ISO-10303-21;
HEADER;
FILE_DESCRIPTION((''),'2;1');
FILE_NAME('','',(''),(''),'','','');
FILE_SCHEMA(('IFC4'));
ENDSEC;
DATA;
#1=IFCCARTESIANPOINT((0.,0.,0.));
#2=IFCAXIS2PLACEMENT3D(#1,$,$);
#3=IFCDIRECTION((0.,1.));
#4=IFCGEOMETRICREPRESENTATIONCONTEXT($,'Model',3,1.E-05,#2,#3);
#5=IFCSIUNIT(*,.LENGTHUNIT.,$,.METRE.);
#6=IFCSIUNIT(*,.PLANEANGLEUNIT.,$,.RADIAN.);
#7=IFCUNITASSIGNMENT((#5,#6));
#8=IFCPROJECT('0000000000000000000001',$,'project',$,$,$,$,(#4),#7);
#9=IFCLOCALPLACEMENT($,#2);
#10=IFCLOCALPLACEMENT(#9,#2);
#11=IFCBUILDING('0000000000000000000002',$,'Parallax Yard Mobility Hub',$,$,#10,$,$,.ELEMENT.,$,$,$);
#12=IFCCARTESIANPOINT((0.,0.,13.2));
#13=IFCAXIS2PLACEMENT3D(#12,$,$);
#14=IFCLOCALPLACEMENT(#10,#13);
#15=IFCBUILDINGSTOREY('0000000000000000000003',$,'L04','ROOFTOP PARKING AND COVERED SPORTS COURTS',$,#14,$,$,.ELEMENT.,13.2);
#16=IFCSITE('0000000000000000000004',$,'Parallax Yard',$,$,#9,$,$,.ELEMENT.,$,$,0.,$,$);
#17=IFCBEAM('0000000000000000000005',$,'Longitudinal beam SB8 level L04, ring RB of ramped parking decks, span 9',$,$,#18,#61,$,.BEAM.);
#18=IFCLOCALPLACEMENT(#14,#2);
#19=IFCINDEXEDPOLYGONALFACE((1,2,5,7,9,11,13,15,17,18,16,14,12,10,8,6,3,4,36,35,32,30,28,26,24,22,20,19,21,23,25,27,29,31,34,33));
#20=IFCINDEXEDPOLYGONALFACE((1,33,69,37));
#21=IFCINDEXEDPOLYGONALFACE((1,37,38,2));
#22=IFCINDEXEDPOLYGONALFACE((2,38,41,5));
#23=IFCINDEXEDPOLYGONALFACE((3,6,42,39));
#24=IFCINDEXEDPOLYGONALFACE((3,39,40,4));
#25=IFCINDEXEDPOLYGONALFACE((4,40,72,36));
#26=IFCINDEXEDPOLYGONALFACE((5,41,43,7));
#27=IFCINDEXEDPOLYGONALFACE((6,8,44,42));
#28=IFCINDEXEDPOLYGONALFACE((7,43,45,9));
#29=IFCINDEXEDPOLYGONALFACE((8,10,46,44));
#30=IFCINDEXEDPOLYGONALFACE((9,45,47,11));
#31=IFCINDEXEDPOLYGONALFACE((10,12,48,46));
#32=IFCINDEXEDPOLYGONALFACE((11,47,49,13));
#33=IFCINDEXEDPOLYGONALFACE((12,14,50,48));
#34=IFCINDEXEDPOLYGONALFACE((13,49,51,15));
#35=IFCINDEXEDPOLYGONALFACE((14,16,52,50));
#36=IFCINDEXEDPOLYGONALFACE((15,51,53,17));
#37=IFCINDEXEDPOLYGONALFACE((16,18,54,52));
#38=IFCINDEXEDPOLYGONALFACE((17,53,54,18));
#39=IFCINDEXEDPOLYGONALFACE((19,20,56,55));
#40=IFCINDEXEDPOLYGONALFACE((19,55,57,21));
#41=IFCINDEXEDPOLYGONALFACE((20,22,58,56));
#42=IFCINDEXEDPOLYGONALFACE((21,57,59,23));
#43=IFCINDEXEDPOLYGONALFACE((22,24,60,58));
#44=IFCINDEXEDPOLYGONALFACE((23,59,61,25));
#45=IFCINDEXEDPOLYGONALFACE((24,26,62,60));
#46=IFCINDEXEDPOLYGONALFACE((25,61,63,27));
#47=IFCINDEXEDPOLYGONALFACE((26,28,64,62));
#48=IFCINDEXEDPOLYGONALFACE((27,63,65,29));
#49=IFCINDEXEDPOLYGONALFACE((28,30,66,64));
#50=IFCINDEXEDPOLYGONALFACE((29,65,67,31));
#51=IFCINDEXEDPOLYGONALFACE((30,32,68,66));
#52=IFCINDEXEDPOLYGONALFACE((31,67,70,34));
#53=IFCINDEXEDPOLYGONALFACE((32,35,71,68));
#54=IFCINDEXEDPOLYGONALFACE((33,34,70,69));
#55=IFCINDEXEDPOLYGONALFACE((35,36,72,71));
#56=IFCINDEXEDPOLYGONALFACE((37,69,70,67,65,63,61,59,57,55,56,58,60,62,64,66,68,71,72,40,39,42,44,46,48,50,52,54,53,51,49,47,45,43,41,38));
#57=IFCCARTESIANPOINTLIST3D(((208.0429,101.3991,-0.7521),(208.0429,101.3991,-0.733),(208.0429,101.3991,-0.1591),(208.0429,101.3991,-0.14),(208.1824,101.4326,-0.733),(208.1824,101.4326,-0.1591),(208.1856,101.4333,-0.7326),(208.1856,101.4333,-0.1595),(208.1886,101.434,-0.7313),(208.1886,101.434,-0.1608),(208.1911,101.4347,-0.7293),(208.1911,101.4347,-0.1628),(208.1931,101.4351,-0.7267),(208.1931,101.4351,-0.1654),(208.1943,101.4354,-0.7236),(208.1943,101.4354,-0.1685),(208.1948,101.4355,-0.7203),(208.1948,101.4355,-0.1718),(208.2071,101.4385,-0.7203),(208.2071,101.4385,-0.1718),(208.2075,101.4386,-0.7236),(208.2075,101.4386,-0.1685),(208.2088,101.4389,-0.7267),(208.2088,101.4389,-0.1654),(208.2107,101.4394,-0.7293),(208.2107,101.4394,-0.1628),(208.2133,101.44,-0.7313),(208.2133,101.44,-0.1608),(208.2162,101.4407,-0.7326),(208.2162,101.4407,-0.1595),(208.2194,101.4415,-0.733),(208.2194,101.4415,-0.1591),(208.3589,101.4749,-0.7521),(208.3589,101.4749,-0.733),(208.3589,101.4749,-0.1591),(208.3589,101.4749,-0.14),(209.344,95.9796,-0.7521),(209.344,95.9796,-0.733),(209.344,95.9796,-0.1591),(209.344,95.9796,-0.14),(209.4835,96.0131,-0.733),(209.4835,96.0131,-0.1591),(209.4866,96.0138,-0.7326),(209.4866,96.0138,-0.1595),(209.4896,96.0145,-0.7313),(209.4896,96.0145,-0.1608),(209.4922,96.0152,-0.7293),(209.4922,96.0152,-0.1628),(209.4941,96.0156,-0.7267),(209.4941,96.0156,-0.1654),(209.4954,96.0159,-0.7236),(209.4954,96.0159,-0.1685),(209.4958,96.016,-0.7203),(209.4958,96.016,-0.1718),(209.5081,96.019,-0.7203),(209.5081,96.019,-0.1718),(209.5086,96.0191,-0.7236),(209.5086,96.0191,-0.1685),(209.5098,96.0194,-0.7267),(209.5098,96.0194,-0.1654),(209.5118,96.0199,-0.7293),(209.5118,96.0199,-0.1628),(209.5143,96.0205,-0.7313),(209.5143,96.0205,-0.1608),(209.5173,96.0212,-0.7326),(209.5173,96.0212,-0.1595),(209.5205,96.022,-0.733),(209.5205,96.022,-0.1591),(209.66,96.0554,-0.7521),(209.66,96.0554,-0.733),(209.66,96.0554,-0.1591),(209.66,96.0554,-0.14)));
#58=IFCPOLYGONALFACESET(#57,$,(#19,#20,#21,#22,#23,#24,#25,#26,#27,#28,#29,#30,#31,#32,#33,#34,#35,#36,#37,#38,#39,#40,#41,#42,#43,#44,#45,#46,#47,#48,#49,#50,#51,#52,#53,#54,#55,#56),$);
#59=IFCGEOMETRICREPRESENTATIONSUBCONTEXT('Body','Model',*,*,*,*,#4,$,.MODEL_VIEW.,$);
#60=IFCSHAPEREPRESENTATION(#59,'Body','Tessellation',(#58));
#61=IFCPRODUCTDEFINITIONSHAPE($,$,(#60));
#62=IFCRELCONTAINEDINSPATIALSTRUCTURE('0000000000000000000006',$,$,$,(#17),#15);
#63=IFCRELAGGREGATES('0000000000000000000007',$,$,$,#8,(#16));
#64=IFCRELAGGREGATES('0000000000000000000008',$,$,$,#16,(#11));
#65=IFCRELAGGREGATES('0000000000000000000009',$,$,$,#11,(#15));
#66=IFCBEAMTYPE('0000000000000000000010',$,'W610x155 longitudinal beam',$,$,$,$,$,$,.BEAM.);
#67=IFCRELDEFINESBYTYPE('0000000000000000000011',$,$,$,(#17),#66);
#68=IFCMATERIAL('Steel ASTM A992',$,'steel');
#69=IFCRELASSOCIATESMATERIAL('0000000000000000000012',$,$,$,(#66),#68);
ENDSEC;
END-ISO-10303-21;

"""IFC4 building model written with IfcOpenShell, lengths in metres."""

from ifc_helpers import new_model, si_unit, direction, frame, origin, origin_2d, place, context, subcontext, project, spatial, i_section, extrude, material, material_profile, profile_set, type_object, element, save


model = new_model("IFC4")

# Units and contexts
model_context = context("Model", 3, precision=1e-05, world=origin(), true_north=direction((0.0, 1.0)))
body_context = subcontext(model_context, "Body", "Model", "MODEL_VIEW")
ifc_project = project(units=[si_unit("LENGTHUNIT", "METRE"), si_unit("PLANEANGLEUNIT", "RADIAN")], contexts=[model_context])

# Site, building, storey
site_placement = place(None, origin())
site = spatial("IfcSite", under=ifc_project, at=site_placement, Name="Parallax Yard", CompositionType="ELEMENT", RefElevation=0.0)
building_placement = place(site_placement, origin())
building = spatial("IfcBuilding", under=site, at=building_placement, Name="Parallax Yard Mobility Hub", CompositionType="ELEMENT")
storey_placement = place(building_placement, frame((0.0, 0.0, 13.2)))
storey = spatial("IfcBuildingStorey", under=building, at=storey_placement, Name="L04", Description="ROOFTOP PARKING AND COVERED SPORTS COURTS", CompositionType="ELEMENT", Elevation=13.2)

# Shared definitions
ifc_material_1 = material(Name="Steel ASTM A992", Category="steel")

# Beam
ifc_material_profile_1 = material_profile(ifc_material_1, i_section(OverallWidth=0.325, OverallDepth=0.6121, WebThickness=0.0127, FlangeThickness=0.019, FilletRadius=0.0127, at=origin_2d()), Name="W610x155")
ifc_profile_set_1 = profile_set([ifc_material_profile_1], Name="Steel ASTM A992")
beam_type_1 = type_object("IfcBeamType", Name="W610x155 longitudinal beam", PredefinedType="BEAM", material=ifc_profile_set_1)
beam_1_placement = place(storey_placement, frame((208.2009, 101.437, -0.446), z_axis=(0.233434, -0.972373, 0.0), x_axis=(0.972373, 0.233434, 0.0)))
element("IfcBeam", 1, at=beam_1_placement, inside=storey, type_object=beam_type_1, Name="Longitudinal beam SB8 level L04, ring RB of ramped parking decks, span 9", PredefinedType="BEAM", context=body_context, shape_type="SweptSolid", body=[
    extrude(i_section(OverallWidth=0.325, OverallDepth=0.6121, WebThickness=0.0127, FlangeThickness=0.019, FilletRadius=0.0127, at=origin_2d()), origin(), (0.0, 0.0, 1.0), 5.5735),
])

save(model, "model.ifc")
